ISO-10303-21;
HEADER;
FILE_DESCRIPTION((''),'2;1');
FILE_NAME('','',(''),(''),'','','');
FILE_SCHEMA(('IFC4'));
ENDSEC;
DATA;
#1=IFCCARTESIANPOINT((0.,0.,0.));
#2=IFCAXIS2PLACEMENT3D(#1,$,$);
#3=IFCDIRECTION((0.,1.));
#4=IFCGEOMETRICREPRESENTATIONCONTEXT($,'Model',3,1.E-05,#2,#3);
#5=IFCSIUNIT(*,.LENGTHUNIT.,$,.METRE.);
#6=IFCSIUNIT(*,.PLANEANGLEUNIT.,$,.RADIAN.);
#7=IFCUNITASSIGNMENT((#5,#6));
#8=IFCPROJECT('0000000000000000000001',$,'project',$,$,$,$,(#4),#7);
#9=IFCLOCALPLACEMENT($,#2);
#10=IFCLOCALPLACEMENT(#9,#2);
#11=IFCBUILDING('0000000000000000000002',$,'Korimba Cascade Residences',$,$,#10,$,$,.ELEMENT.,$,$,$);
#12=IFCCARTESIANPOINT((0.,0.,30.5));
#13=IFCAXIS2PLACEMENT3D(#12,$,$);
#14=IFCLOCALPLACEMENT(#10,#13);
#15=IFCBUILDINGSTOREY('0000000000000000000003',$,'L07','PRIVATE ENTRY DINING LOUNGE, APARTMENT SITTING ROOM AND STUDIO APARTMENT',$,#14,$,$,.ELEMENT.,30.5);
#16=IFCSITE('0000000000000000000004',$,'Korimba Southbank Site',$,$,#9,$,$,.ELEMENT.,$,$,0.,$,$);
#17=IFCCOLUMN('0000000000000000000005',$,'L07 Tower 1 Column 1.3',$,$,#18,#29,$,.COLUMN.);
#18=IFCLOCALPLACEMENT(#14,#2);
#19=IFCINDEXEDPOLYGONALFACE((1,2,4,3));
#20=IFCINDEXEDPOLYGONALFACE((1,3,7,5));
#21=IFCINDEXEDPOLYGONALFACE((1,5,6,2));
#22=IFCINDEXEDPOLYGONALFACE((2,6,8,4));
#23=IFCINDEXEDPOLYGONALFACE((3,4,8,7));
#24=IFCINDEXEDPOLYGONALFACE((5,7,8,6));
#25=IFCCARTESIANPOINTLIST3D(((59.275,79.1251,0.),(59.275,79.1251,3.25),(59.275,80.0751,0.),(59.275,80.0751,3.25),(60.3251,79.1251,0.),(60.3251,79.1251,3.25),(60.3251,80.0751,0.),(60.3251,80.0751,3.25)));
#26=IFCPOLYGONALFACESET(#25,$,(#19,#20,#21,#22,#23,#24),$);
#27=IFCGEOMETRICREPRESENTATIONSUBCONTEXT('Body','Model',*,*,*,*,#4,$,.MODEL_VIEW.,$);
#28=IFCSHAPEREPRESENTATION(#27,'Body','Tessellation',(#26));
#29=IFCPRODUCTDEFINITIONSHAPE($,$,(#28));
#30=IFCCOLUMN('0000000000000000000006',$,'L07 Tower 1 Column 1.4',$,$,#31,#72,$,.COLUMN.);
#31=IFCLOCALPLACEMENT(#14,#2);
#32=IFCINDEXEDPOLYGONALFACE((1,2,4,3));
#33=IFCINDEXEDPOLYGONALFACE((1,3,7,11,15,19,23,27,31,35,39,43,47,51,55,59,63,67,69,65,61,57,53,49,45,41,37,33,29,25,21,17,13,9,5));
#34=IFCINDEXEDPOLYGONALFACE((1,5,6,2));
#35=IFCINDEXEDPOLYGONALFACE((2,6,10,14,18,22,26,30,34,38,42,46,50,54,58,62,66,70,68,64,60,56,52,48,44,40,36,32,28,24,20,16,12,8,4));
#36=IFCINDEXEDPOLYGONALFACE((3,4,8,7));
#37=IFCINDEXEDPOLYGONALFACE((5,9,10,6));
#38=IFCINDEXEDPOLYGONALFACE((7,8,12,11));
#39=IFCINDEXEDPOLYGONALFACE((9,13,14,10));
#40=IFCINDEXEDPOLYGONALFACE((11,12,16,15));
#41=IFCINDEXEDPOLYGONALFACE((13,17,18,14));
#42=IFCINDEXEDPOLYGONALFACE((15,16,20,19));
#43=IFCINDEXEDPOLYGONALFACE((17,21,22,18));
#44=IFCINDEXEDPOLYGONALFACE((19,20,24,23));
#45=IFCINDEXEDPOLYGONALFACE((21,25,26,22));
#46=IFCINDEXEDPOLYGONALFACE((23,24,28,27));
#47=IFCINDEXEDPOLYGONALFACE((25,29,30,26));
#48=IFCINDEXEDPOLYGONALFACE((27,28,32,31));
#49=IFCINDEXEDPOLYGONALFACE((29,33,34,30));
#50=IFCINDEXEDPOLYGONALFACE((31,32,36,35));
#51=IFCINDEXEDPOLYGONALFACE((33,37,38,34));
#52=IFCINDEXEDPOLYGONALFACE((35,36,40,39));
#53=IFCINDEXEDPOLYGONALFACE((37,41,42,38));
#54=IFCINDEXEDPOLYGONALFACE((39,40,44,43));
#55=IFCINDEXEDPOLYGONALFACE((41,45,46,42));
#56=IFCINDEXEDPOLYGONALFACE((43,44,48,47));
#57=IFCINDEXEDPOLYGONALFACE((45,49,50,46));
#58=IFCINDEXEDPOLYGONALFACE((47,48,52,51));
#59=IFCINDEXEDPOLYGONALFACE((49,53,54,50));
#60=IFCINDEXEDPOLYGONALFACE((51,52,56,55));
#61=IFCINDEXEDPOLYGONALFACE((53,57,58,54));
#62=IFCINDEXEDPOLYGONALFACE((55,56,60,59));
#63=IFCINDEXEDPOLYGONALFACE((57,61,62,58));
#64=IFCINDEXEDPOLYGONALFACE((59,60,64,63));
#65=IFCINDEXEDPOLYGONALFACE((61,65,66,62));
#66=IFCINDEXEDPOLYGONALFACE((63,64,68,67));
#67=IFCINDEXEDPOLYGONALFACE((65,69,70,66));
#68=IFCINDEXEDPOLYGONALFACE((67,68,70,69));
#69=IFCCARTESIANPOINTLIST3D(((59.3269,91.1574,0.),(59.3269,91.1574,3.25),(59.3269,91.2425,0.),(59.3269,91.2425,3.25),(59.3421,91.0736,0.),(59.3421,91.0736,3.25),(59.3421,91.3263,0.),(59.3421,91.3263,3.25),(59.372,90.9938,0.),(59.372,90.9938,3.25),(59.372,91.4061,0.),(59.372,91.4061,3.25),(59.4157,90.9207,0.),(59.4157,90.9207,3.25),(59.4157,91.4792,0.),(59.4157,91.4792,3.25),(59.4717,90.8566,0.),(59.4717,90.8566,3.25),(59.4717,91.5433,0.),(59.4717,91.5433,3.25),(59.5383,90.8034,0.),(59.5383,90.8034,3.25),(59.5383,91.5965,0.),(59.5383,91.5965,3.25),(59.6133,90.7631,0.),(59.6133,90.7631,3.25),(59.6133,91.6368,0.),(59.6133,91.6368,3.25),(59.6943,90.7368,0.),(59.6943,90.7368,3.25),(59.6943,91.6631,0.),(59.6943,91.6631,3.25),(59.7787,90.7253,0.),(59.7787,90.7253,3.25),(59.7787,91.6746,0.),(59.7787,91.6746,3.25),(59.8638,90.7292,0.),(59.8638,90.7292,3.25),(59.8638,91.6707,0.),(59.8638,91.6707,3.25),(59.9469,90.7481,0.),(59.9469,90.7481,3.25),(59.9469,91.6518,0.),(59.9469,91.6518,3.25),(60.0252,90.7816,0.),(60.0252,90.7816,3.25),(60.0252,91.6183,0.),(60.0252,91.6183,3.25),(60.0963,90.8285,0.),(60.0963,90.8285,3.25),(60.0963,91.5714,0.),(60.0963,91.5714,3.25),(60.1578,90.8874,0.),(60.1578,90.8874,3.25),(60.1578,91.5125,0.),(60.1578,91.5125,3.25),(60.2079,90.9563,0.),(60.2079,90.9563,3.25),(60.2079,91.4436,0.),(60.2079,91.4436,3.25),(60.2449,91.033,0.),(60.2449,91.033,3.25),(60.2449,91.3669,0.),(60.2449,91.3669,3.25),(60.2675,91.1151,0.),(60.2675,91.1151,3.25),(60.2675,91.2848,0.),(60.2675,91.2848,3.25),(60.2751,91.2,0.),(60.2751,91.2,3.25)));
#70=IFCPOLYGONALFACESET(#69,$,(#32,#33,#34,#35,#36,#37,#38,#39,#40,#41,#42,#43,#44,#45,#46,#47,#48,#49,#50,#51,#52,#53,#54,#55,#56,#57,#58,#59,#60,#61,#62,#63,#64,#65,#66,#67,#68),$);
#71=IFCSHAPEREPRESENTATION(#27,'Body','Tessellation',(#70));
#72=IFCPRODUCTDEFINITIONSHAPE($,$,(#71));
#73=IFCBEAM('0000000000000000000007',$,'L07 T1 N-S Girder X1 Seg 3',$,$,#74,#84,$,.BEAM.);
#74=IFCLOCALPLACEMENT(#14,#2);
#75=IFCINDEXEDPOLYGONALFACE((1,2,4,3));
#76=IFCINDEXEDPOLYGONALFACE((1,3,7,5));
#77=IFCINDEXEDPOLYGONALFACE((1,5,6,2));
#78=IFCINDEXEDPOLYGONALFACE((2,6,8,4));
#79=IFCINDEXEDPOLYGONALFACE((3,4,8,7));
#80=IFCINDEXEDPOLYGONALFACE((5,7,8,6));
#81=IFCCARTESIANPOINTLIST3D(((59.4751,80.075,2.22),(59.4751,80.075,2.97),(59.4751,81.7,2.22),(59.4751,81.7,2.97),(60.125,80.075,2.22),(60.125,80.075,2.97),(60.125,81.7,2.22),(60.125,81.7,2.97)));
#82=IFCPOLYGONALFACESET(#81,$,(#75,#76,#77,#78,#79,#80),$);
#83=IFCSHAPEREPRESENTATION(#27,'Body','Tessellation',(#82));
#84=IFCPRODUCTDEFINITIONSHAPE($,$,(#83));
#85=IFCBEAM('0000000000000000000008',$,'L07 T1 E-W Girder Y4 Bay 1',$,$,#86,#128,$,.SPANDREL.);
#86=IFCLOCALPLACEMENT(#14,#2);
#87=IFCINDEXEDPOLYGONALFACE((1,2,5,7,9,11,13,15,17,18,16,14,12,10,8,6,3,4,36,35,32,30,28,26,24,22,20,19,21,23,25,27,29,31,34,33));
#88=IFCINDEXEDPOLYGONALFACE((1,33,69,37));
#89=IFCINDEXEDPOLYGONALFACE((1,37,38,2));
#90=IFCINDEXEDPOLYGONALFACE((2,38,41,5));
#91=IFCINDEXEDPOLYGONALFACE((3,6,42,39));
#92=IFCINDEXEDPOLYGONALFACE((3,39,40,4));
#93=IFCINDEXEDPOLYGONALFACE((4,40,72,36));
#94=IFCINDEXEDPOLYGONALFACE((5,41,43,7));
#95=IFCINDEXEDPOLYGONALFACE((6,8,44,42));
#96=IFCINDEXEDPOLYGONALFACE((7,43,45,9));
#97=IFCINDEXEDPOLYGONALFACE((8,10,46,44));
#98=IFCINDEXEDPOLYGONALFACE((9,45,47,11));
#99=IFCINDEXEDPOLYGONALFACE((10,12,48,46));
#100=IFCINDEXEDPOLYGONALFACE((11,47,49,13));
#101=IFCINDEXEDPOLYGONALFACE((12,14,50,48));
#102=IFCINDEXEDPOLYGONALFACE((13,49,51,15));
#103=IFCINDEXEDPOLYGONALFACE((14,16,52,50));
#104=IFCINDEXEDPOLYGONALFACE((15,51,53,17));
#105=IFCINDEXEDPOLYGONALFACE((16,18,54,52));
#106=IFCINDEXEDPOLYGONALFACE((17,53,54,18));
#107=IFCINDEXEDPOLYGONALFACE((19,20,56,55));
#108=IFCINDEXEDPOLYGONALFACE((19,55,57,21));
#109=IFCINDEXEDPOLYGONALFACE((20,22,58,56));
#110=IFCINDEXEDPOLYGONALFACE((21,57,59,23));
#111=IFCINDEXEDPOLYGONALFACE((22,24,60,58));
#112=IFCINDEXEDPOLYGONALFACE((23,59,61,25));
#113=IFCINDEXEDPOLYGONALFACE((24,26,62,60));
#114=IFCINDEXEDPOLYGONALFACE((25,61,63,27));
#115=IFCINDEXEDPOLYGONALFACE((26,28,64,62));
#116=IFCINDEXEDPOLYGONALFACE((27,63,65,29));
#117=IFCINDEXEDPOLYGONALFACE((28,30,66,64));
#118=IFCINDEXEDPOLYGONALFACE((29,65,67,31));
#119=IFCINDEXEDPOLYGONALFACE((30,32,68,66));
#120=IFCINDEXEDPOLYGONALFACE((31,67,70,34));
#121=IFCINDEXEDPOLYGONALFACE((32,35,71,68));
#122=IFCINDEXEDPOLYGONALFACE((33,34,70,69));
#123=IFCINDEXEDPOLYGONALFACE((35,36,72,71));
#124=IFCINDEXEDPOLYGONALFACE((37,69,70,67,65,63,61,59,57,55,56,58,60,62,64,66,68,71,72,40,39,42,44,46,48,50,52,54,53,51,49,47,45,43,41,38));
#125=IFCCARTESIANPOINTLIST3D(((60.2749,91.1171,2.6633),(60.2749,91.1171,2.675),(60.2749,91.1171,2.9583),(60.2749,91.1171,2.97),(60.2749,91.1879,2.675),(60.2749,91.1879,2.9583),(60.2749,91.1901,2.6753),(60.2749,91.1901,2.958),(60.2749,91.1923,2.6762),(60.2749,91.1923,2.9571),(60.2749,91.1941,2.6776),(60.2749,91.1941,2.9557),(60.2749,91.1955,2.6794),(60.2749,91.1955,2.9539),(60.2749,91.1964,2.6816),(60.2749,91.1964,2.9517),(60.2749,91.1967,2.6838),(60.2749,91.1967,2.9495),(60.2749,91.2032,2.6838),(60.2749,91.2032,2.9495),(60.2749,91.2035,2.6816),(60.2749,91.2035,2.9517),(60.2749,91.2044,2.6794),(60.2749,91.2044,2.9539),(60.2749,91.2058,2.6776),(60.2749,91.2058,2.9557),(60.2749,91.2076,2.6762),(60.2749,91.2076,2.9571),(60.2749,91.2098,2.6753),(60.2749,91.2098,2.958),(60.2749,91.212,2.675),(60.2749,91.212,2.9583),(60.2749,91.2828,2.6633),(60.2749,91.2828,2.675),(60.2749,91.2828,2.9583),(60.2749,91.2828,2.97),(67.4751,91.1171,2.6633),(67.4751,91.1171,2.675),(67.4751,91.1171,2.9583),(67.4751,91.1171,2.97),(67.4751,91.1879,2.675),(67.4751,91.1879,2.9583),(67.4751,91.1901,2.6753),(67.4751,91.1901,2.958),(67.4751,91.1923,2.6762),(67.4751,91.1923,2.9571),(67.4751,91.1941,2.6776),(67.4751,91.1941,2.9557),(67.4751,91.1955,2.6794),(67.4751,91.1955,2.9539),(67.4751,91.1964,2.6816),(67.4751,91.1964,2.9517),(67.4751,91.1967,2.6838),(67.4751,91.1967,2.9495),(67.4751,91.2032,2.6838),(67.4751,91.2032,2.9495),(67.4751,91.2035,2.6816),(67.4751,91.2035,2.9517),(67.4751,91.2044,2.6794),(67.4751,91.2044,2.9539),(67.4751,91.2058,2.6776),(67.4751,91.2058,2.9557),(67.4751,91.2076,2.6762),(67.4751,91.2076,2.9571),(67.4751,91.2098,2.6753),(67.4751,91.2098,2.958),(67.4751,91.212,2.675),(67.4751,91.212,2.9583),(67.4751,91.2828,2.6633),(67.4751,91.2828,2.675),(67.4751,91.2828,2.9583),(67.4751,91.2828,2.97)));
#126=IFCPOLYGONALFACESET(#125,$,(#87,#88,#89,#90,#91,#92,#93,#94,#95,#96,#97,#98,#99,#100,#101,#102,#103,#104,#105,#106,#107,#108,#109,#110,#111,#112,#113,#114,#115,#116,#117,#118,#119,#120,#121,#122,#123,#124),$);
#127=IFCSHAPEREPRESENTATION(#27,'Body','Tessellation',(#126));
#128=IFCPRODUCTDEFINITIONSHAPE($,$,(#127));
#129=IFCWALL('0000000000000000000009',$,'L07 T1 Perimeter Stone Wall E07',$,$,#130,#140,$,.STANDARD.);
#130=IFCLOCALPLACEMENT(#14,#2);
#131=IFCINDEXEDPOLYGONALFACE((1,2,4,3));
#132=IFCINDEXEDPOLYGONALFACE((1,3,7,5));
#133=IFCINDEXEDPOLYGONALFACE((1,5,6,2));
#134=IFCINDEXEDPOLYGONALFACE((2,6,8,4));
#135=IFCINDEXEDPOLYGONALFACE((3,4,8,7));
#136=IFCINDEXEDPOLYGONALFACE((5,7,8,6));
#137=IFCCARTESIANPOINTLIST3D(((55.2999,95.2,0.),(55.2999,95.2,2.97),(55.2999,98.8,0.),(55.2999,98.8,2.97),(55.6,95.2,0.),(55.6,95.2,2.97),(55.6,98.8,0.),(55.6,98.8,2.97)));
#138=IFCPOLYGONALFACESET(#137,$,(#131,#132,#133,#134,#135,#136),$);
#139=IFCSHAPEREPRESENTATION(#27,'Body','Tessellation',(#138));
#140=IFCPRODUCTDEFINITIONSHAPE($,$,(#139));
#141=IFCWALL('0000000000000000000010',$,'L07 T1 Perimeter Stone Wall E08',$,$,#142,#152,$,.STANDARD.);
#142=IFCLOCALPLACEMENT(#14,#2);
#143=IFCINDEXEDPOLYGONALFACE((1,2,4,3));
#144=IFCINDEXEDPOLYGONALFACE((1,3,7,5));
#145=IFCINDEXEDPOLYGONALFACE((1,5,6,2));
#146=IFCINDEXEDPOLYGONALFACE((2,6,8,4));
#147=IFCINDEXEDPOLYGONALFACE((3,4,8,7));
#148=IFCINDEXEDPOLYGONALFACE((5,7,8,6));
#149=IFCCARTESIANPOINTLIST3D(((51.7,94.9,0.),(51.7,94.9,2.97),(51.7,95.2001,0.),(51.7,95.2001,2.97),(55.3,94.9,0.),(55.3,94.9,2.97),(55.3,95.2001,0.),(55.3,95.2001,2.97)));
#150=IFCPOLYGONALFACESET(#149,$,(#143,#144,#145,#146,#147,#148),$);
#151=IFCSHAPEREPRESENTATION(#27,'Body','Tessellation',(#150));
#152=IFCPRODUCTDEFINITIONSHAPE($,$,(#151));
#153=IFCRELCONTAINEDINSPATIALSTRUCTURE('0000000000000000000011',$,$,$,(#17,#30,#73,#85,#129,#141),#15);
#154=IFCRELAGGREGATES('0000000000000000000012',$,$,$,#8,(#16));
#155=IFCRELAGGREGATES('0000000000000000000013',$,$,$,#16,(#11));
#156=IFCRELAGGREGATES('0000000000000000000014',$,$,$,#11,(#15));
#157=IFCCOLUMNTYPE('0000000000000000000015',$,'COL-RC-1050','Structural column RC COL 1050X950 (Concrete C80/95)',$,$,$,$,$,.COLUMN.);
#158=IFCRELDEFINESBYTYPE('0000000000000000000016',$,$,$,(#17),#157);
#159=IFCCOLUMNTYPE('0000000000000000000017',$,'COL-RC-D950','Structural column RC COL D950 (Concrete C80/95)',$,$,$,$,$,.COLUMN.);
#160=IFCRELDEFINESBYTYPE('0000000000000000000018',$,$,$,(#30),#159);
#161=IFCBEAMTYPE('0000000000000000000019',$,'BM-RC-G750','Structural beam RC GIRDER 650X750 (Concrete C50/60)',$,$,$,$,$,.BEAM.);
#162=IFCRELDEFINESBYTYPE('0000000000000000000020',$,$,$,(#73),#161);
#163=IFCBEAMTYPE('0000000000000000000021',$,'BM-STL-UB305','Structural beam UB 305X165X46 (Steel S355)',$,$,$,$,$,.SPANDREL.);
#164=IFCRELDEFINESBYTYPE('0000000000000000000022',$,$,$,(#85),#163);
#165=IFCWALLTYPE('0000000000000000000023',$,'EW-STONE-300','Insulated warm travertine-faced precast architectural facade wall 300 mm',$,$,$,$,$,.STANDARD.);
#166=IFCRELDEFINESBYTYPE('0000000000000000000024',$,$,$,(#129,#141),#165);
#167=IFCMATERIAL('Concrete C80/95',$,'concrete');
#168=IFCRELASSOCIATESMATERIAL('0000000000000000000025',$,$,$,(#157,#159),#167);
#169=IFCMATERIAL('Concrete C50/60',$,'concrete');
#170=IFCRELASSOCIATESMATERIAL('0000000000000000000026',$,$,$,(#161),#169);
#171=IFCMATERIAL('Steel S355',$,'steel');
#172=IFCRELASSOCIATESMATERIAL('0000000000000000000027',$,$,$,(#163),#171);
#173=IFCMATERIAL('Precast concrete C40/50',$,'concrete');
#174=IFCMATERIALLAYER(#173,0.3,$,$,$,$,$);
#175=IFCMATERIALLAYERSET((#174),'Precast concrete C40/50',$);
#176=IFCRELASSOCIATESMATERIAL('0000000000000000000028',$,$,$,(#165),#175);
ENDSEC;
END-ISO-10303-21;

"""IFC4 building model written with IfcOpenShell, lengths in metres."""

from ifc_helpers import new_model, si_unit, direction, frame, frame_2d, origin, origin_2d, place, context, subcontext, project, spatial, rectangle, circle, i_section, extrude, material, layer, layer_set, material_profile, profile_set, type_object, element, save


model = new_model("IFC4")

# Units and contexts
model_context = context("Model", 3, precision=1e-05, world=origin(), true_north=direction((0.0, 1.0)))
body_context = subcontext(model_context, "Body", "Model", "MODEL_VIEW")
ifc_project = project(units=[si_unit("LENGTHUNIT", "METRE"), si_unit("PLANEANGLEUNIT", "RADIAN")], contexts=[model_context])

# Site, building, storey
site_placement = place(None, origin())
site = spatial("IfcSite", under=ifc_project, at=site_placement, Name="Korimba Southbank Site", CompositionType="ELEMENT", RefElevation=0.0)
building_placement = place(site_placement, origin())
building = spatial("IfcBuilding", under=site, at=building_placement, Name="Korimba Cascade Residences", CompositionType="ELEMENT")
storey_placement = place(building_placement, frame((0.0, 0.0, 30.5)))
storey = spatial("IfcBuildingStorey", under=building, at=storey_placement, Name="L07", Description="PRIVATE ENTRY DINING LOUNGE, APARTMENT SITTING ROOM AND STUDIO APARTMENT", CompositionType="ELEMENT", Elevation=30.5)

# Columns
ifc_material_1 = material(Name="Concrete C80/95", Category="concrete")
ifc_material_profile_1 = material_profile(ifc_material_1, rectangle(XDim=1.05, YDim=0.95, at=origin_2d()), Name="Concrete C80/95")
ifc_profile_set_1 = profile_set([ifc_material_profile_1], Name="Concrete C80/95")
column_type_1 = type_object("IfcColumnType", Name="COL-RC-1050", Description="Structural column RC COL 1050X950 (Concrete C80/95)", PredefinedType="COLUMN", material=ifc_profile_set_1)
column_1_placement = place(storey_placement, frame((59.8, 79.6001, 0.0), z_axis=(0.0, 0.0, 1.0), x_axis=(1.0, 0.0, 0.0)))
element("IfcColumn", 1, at=column_1_placement, inside=storey, type_object=column_type_1, Name="L07 Tower 1 Column 1.3", PredefinedType="COLUMN", context=body_context, shape_type="SweptSolid", body=[
    extrude(rectangle(XDim=1.05, YDim=0.95, at=origin_2d()), origin(), (0.0, 0.0, 1.0), 3.25),
])
ifc_material_profile_2 = material_profile(ifc_material_1, circle(Radius=0.4751, at=origin_2d()), Name="Concrete C80/95")
ifc_profile_set_2 = profile_set([ifc_material_profile_2], Name="Concrete C80/95")
column_type_2 = type_object("IfcColumnType", Name="COL-RC-D950", Description="Structural column RC COL D950 (Concrete C80/95)", PredefinedType="COLUMN", material=ifc_profile_set_2)
column_2_placement = place(storey_placement, frame((59.8, 91.2, 0.0), z_axis=(0.0, 0.0, 1.0), x_axis=(1.0, 0.0, 0.0)))
element("IfcColumn", 2, at=column_2_placement, inside=storey, type_object=column_type_2, Name="L07 Tower 1 Column 1.4", PredefinedType="COLUMN", context=body_context, shape_type="SweptSolid", body=[
    extrude(circle(Radius=0.4751, at=origin_2d()), origin(), (0.0, 0.0, 1.0), 3.25),
])

# Beams
ifc_material_2 = material(Name="Concrete C50/60", Category="concrete")
ifc_material_profile_3 = material_profile(ifc_material_2, rectangle(XDim=0.6499, YDim=0.75, at=origin_2d()), Name="Concrete C50/60")
ifc_profile_set_3 = profile_set([ifc_material_profile_3], Name="Concrete C50/60")
beam_type_1 = type_object("IfcBeamType", Name="BM-RC-G750", Description="Structural beam RC GIRDER 650X750 (Concrete C50/60)", PredefinedType="BEAM", material=ifc_profile_set_3)
beam_1_placement = place(storey_placement, frame((59.8, 80.075, 2.595), z_axis=(0.0, 1.0, 0.0), x_axis=(-1.0, 0.0, 0.0)))
element("IfcBeam", 3, at=beam_1_placement, inside=storey, type_object=beam_type_1, Name="L07 T1 N-S Girder X1 Seg 3", PredefinedType="BEAM", context=body_context, shape_type="SweptSolid", body=[
    extrude(rectangle(XDim=0.6499, YDim=0.75, at=origin_2d()), origin(), (0.0, 0.0, 1.0), 1.625),
])
ifc_material_3 = material(Name="Steel S355", Category="steel")
ifc_material_profile_4 = material_profile(ifc_material_3, i_section(OverallWidth=0.1658, OverallDepth=0.3066, WebThickness=0.0066, FlangeThickness=0.0117, FilletRadius=0.0088, at=origin_2d()), Name="Steel S355")
ifc_profile_set_4 = profile_set([ifc_material_profile_4], Name="Steel S355")
beam_type_2 = type_object("IfcBeamType", Name="BM-STL-UB305", Description="Structural beam UB 305X165X46 (Steel S355)", PredefinedType="SPANDREL", material=ifc_profile_set_4)
beam_2_placement = place(storey_placement, frame((60.2749, 91.2, 2.8167), z_axis=(1.0, 0.0, 0.0), x_axis=(0.0, 1.0, 0.0)))
element("IfcBeam", 4, at=beam_2_placement, inside=storey, type_object=beam_type_2, Name="L07 T1 E-W Girder Y4 Bay 1", PredefinedType="SPANDREL", context=body_context, shape_type="SweptSolid", body=[
    extrude(i_section(OverallWidth=0.1658, OverallDepth=0.3066, WebThickness=0.0066, FlangeThickness=0.0117, FilletRadius=0.0088, at=origin_2d()), origin(), (0.0, 0.0, 1.0), 7.2002),
])

# Walls
ifc_material_4 = material(Name="Precast concrete C40/50", Category="concrete")
ifc_layer_1 = layer(ifc_material_4, 0.3)
ifc_layer_set_1 = layer_set([ifc_layer_1], Name="Precast concrete C40/50")
wall_type_1 = type_object("IfcWallType", Name="EW-STONE-300", Description="Insulated warm travertine-faced precast architectural facade wall 300 mm", PredefinedType="STANDARD", material=ifc_layer_set_1)
for number, where, z_axis, x_axis, name in (
    (5, (55.45, 98.8, 0.0), (0.0, 0.0, 1.0), (0.0, -1.0, 0.0), "L07 T1 Perimeter Stone Wall E07"),
    (6, (55.3, 95.05, 0.0), (0.0, 0.0, 1.0), (-1.0, 0.0, 0.0), "L07 T1 Perimeter Stone Wall E08"),
):
    element("IfcWall", number, at=place(storey_placement, frame(where, z_axis=z_axis, x_axis=x_axis)), inside=storey, type_object=wall_type_1, Name=name, PredefinedType="STANDARD", context=body_context, shape_type="SweptSolid", body=[
        extrude(rectangle(XDim=3.6001, YDim=0.3, at=frame_2d((1.8, 0.0))), origin(), (0.0, 0.0, 1.0), 2.97),
    ])

save(model, "model.ifc")
